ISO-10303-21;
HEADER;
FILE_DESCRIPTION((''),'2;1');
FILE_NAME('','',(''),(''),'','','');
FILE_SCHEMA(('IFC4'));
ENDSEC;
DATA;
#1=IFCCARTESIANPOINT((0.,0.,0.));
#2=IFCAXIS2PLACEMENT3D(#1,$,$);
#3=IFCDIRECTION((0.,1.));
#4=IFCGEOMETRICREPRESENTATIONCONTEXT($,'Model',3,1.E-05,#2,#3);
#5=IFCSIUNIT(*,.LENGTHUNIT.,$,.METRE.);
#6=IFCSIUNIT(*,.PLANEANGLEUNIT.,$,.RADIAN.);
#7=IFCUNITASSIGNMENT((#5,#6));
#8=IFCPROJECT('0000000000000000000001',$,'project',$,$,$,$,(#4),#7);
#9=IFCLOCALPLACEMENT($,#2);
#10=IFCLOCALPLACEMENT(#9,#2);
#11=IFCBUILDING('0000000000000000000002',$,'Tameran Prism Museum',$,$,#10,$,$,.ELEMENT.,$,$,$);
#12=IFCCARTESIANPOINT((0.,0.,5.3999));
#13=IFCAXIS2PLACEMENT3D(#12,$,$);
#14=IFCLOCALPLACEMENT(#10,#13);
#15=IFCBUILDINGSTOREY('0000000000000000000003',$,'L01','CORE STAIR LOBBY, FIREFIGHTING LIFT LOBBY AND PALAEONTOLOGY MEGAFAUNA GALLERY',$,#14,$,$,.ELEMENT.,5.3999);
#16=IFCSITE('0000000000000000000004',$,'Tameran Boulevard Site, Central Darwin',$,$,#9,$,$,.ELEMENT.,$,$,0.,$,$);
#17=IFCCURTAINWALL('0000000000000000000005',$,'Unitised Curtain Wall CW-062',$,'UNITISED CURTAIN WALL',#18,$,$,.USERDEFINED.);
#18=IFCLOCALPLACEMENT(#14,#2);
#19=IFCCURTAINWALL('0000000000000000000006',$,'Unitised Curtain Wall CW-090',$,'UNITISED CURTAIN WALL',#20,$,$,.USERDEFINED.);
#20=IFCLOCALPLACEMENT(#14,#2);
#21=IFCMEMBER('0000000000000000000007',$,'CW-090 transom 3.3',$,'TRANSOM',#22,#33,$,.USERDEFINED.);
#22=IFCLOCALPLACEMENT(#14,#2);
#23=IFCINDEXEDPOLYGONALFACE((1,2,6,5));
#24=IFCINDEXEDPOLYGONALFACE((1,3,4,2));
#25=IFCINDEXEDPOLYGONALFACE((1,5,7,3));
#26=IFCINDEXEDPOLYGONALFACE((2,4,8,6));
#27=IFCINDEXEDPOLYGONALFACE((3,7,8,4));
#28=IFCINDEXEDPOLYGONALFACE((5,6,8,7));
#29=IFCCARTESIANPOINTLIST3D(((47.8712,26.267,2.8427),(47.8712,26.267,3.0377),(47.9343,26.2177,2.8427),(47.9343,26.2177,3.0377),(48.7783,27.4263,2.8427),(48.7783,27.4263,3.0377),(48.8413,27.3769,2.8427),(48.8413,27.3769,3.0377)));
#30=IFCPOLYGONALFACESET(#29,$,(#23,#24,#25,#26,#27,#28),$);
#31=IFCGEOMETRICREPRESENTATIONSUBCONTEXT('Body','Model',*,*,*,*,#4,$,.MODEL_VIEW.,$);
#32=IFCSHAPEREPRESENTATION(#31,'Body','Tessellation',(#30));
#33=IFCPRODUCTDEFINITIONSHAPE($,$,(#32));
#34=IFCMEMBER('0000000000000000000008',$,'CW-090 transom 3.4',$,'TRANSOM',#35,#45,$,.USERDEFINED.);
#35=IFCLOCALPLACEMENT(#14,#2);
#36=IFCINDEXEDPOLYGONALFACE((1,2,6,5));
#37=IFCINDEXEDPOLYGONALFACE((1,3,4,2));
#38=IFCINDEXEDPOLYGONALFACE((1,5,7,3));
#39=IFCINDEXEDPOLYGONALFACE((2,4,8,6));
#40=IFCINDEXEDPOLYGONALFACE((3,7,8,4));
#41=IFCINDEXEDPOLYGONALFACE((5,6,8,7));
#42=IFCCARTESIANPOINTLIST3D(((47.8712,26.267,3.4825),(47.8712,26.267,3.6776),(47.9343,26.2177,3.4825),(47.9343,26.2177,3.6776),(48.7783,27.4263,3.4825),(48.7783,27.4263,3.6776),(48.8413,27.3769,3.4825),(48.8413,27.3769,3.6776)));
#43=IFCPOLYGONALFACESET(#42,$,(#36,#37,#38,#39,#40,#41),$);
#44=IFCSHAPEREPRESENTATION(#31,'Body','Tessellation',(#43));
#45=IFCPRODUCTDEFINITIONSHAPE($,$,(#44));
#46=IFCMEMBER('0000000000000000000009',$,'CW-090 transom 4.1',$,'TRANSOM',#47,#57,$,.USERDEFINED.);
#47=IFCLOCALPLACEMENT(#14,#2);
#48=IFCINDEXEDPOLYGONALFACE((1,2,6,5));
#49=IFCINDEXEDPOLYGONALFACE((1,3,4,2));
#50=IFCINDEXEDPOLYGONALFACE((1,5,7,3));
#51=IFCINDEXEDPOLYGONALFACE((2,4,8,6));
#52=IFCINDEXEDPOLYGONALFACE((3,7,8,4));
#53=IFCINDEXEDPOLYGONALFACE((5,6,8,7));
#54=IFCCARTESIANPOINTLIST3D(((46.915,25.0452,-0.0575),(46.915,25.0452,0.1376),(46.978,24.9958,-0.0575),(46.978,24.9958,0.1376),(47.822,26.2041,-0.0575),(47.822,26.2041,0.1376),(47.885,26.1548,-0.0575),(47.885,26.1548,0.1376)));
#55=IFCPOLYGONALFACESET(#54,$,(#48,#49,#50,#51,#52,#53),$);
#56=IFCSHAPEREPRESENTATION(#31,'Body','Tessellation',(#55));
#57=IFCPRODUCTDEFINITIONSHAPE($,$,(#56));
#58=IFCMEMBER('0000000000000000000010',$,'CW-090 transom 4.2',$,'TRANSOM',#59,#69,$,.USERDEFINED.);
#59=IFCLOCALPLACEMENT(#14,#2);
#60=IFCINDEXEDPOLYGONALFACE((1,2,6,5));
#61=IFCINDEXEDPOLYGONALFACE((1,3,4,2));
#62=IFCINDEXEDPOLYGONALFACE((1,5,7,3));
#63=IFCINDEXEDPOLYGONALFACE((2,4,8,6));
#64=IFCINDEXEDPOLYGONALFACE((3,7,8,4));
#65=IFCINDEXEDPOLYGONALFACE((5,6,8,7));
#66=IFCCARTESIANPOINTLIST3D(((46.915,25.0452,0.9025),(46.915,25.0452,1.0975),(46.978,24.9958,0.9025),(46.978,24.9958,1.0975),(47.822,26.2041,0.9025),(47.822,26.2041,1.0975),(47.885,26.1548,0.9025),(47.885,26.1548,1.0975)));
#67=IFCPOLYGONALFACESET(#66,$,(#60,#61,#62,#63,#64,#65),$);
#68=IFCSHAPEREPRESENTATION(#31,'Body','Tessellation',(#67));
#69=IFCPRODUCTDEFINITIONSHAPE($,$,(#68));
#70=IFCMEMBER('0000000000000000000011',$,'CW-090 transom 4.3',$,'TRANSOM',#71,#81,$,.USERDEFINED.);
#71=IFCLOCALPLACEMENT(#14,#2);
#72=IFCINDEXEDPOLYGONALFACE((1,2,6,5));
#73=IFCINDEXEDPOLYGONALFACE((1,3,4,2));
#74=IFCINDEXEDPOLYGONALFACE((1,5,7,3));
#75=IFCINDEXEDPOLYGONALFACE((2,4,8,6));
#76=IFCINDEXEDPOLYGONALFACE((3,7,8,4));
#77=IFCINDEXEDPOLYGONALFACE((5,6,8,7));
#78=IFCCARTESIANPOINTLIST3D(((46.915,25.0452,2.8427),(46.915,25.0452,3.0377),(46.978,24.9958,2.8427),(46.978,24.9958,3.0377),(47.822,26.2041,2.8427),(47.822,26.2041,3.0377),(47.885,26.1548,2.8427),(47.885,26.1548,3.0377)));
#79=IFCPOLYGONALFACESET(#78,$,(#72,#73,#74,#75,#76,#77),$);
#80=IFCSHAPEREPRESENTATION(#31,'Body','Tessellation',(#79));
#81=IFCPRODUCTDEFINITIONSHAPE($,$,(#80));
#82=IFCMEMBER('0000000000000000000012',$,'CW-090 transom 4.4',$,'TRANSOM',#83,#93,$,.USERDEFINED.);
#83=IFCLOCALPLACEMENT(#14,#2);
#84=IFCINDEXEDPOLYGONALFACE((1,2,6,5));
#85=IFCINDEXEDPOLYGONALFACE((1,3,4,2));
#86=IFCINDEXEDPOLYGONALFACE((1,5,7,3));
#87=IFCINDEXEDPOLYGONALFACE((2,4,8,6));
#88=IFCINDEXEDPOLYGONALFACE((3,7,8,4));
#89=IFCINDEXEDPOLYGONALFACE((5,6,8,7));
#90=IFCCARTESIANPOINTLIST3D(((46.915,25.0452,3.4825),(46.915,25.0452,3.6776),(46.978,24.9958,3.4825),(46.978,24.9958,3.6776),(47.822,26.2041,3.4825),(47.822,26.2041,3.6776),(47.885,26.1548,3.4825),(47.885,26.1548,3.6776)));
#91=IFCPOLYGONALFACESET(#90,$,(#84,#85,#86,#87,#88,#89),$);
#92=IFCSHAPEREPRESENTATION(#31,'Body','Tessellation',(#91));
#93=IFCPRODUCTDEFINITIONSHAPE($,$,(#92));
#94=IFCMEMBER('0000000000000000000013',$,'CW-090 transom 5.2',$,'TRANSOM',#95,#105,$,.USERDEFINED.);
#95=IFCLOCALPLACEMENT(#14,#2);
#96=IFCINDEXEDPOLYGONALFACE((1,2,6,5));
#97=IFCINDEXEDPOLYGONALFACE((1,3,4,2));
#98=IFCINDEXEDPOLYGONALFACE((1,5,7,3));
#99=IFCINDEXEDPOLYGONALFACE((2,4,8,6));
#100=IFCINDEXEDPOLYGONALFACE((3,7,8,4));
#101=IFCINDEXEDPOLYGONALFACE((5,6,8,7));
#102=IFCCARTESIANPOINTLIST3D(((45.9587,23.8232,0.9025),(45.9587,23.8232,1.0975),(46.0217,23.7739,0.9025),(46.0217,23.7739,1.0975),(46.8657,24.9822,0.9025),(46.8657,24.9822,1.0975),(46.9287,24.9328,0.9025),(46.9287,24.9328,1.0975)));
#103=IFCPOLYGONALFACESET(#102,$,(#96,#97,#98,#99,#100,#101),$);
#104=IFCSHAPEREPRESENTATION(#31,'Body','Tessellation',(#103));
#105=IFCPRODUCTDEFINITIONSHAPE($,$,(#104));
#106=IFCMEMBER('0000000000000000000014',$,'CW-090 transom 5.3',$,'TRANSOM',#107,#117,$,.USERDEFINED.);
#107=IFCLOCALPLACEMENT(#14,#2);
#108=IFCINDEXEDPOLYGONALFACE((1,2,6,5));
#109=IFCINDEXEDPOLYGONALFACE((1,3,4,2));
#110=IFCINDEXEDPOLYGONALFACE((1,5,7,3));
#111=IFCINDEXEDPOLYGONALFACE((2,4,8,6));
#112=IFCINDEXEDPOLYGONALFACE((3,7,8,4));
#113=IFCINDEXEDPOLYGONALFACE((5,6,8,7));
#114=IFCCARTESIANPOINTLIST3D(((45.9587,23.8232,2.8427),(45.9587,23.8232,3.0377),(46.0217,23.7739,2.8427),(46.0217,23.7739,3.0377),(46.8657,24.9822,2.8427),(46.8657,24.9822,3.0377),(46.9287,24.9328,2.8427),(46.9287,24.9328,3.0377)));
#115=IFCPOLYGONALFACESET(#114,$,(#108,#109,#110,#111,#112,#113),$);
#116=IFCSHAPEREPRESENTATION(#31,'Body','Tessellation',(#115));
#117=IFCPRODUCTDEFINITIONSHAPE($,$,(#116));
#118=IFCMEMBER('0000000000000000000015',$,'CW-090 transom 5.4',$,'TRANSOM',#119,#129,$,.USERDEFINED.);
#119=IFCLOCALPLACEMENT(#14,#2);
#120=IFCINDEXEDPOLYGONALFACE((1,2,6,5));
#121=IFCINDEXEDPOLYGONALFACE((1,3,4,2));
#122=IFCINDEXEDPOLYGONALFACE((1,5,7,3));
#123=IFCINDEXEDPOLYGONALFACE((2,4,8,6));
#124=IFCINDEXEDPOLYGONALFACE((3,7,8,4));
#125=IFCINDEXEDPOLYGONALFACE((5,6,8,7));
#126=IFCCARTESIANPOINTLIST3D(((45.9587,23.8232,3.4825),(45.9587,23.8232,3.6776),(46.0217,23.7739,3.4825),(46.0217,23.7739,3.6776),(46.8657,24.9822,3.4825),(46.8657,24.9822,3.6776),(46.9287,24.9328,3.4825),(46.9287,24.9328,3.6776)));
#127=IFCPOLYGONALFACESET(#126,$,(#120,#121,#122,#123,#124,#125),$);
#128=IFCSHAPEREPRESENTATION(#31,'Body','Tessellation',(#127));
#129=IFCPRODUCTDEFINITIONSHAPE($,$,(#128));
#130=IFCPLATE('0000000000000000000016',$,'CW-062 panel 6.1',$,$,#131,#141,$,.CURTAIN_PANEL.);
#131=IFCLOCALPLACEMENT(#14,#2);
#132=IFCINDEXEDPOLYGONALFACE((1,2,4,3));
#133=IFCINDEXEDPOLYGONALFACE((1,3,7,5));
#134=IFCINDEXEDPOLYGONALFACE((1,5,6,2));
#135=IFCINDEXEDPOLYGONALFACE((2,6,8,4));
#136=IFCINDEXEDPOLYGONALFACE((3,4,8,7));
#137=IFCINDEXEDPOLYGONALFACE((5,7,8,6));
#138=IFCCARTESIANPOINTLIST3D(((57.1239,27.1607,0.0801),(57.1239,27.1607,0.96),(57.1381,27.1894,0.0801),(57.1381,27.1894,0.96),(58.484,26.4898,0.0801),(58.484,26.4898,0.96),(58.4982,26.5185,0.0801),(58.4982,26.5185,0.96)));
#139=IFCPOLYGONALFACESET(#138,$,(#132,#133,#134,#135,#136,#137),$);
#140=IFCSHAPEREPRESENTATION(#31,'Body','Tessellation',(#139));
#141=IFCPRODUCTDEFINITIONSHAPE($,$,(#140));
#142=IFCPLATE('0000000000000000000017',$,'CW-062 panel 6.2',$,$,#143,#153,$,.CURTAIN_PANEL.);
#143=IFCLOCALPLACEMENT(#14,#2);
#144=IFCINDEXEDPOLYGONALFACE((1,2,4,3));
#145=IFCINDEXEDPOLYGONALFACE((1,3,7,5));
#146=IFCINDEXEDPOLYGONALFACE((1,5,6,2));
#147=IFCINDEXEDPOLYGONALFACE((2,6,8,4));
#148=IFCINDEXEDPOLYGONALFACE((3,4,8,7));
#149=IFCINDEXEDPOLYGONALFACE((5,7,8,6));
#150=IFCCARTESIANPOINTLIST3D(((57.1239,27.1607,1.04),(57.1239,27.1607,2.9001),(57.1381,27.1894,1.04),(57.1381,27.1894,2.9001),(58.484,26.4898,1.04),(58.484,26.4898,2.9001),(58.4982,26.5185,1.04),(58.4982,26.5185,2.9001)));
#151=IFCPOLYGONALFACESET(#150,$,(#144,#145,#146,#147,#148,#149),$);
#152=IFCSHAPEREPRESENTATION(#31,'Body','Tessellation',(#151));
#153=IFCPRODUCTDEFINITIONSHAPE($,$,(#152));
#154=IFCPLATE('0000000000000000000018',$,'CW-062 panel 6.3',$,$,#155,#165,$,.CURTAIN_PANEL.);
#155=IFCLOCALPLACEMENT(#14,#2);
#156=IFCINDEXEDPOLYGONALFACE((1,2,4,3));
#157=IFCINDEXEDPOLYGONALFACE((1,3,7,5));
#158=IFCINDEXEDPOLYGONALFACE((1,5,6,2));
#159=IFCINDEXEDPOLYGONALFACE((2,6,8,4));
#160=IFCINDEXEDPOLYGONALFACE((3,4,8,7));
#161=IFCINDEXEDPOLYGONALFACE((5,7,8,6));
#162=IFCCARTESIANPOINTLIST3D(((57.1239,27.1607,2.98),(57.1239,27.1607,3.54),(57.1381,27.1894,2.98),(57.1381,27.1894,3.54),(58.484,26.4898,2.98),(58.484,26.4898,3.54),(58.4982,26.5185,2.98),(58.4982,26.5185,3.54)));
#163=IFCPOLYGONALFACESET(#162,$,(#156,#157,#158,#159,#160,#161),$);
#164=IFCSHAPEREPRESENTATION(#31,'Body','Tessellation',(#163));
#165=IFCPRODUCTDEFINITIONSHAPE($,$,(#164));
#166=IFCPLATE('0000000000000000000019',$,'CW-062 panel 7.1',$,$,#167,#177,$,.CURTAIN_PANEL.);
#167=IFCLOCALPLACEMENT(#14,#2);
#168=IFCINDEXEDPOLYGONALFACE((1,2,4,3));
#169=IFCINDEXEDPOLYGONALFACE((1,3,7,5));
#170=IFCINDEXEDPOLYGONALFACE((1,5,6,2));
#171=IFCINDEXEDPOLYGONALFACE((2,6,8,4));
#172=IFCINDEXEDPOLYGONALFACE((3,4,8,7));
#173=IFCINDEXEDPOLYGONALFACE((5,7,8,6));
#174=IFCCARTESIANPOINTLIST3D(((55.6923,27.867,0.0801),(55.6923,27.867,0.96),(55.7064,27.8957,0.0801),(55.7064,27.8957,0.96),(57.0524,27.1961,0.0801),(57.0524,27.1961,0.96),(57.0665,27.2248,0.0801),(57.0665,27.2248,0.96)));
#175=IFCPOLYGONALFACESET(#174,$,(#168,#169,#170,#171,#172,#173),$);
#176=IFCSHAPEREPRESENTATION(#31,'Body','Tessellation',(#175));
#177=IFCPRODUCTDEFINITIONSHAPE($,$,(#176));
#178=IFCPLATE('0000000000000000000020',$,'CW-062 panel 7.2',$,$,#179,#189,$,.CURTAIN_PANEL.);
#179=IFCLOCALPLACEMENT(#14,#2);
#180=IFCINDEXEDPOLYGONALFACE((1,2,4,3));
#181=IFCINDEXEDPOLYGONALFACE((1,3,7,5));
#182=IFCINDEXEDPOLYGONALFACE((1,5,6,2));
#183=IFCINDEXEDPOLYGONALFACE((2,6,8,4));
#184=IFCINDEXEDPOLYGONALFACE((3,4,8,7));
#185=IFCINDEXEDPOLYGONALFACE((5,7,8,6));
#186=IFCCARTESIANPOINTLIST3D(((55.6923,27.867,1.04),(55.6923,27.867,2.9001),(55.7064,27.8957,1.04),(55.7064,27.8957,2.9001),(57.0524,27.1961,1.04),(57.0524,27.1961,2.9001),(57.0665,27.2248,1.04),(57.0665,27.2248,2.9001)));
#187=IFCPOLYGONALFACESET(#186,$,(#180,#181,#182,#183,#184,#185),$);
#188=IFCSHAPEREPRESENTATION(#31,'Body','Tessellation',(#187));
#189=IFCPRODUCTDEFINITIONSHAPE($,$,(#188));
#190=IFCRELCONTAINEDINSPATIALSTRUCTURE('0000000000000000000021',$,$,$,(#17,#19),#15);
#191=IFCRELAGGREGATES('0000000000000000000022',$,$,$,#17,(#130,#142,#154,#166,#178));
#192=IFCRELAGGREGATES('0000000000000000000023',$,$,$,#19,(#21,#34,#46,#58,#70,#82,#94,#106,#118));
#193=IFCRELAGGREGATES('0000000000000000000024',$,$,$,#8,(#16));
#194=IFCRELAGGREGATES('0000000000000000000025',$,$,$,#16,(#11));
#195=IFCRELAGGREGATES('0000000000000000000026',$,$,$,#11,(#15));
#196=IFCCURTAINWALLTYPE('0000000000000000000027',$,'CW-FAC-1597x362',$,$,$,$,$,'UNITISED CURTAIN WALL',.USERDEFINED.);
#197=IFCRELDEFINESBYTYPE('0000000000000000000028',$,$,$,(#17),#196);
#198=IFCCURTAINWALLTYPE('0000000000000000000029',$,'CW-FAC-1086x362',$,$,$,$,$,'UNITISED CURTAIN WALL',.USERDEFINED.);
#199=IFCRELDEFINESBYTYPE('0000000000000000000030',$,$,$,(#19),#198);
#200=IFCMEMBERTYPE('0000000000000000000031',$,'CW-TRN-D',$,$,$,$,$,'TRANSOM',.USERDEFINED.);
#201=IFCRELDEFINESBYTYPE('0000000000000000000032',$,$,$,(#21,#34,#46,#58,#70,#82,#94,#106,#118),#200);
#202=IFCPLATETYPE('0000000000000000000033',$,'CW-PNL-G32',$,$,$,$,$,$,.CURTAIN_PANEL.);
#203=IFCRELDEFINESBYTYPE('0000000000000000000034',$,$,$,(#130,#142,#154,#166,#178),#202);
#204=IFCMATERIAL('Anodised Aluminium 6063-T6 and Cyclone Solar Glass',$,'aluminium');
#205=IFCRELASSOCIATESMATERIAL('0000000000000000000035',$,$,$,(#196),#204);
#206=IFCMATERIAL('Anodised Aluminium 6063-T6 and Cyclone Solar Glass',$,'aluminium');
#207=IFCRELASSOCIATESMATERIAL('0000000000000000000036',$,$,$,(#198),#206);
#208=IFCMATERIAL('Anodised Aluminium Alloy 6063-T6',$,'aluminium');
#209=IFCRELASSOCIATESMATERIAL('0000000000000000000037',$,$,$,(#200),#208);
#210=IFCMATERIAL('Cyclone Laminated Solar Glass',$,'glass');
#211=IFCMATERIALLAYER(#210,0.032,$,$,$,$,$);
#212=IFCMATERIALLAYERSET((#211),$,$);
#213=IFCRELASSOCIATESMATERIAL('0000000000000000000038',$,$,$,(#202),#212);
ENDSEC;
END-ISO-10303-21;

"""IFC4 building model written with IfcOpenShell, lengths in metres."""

from ifc_helpers import new_model, si_unit, direction, frame, origin, origin_2d, place, context, subcontext, project, spatial, rectangle, extrude, material, layer, layer_set, material_profile, profile_set, type_object, element, aggregate, save


model = new_model("IFC4")

# Units and contexts
model_context = context("Model", 3, precision=1e-05, world=origin(), true_north=direction((0.0, 1.0)))
body_context = subcontext(model_context, "Body", "Model", "MODEL_VIEW")
ifc_project = project(units=[si_unit("LENGTHUNIT", "METRE"), si_unit("PLANEANGLEUNIT", "RADIAN")], contexts=[model_context])

# Site, building, storey
site_placement = place(None, origin())
site = spatial("IfcSite", under=ifc_project, at=site_placement, Name="Tameran Boulevard Site, Central Darwin", CompositionType="ELEMENT", RefElevation=0.0)
building_placement = place(site_placement, origin())
building = spatial("IfcBuilding", under=site, at=building_placement, Name="Tameran Prism Museum", CompositionType="ELEMENT")
storey_placement = place(building_placement, frame((0.0, 0.0, 5.3999)))
storey = spatial("IfcBuildingStorey", under=building, at=storey_placement, Name="L01", Description="CORE STAIR LOBBY, FIREFIGHTING LIFT LOBBY AND PALAEONTOLOGY MEGAFAUNA GALLERY", CompositionType="ELEMENT", Elevation=5.3999)

# Curtain wall
ifc_material_1 = material(Name="Anodised Aluminium 6063-T6 and Cyclone Solar Glass", Category="aluminium")
curtain_wall_type_1 = type_object("IfcCurtainWallType", Name="CW-FAC-1597x362", ElementType="UNITISED CURTAIN WALL", PredefinedType="USERDEFINED", material=ifc_material_1)
curtain_wall_1_placement = place(storey_placement, origin())
curtain_wall_1 = element("IfcCurtainWall", 1, at=curtain_wall_1_placement, inside=storey, type_object=curtain_wall_type_1, Name="Unitised Curtain Wall CW-062", ObjectType="UNITISED CURTAIN WALL", PredefinedType="USERDEFINED")

# Curtain wall
ifc_material_2 = material(Name="Anodised Aluminium 6063-T6 and Cyclone Solar Glass", Category="aluminium")
curtain_wall_type_2 = type_object("IfcCurtainWallType", Name="CW-FAC-1086x362", ElementType="UNITISED CURTAIN WALL", PredefinedType="USERDEFINED", material=ifc_material_2)
curtain_wall_2_placement = place(storey_placement, origin())
curtain_wall_2 = element("IfcCurtainWall", 2, at=curtain_wall_2_placement, inside=storey, type_object=curtain_wall_type_2, Name="Unitised Curtain Wall CW-090", ObjectType="UNITISED CURTAIN WALL", PredefinedType="USERDEFINED")

# Members
ifc_material_3 = material(Name="Anodised Aluminium Alloy 6063-T6", Category="aluminium")
ifc_material_profile_1 = material_profile(ifc_material_3, rectangle(XDim=0.0801, YDim=0.1951, at=origin_2d()))
ifc_profile_set_1 = profile_set([ifc_material_profile_1])
member_type_1 = type_object("IfcMemberType", Name="CW-TRN-D", ElementType="TRANSOM", PredefinedType="USERDEFINED", material=ifc_profile_set_1)
member_1_placement = place(storey_placement, frame((48.8098, 27.4016, 2.9402), z_axis=(-0.616223, -0.787572, 0.0), x_axis=(0.787572, -0.616223, 0.0)))
member_1 = element("IfcMember", 3, at=member_1_placement, type_object=member_type_1, Name="CW-090 transom 3.3", ObjectType="TRANSOM", PredefinedType="USERDEFINED", context=body_context, shape_type="SweptSolid", body=[
    extrude(rectangle(XDim=0.0801, YDim=0.1951, at=origin_2d()), origin(), (0.0, 0.0, 1.0), 1.4719),
])
member_2_placement = place(storey_placement, frame((48.8098, 27.4016, 3.5801), z_axis=(-0.616223, -0.787572, 0.0), x_axis=(0.787572, -0.616223, 0.0)))
member_2 = element("IfcMember", 4, at=member_2_placement, type_object=member_type_1, Name="CW-090 transom 3.4", ObjectType="TRANSOM", PredefinedType="USERDEFINED", context=body_context, shape_type="SweptSolid", body=[
    extrude(rectangle(XDim=0.0801, YDim=0.1951, at=origin_2d()), origin(), (0.0, 0.0, 1.0), 1.4719),
])
member_3_placement = place(storey_placement, frame((47.8535, 26.1794, 0.04), z_axis=(-0.616304, -0.787509, 0.0), x_axis=(0.787509, -0.616304, 0.0)))
member_3 = element("IfcMember", 5, at=member_3_placement, type_object=member_type_1, Name="CW-090 transom 4.1", ObjectType="TRANSOM", PredefinedType="USERDEFINED", context=body_context, shape_type="SweptSolid", body=[
    extrude(rectangle(XDim=0.0801, YDim=0.1951, at=origin_2d()), origin(), (0.0, 0.0, 1.0), 1.4717),
])
member_4_placement = place(storey_placement, frame((47.8535, 26.1794, 1.0), z_axis=(-0.616304, -0.787509, 0.0), x_axis=(0.787509, -0.616304, 0.0)))
member_4 = element("IfcMember", 6, at=member_4_placement, type_object=member_type_1, Name="CW-090 transom 4.2", ObjectType="TRANSOM", PredefinedType="USERDEFINED", context=body_context, shape_type="SweptSolid", body=[
    extrude(rectangle(XDim=0.0801, YDim=0.1951, at=origin_2d()), origin(), (0.0, 0.0, 1.0), 1.4717),
])
member_5_placement = place(storey_placement, frame((47.8535, 26.1794, 2.9402), z_axis=(-0.616304, -0.787509, 0.0), x_axis=(0.787509, -0.616304, 0.0)))
member_5 = element("IfcMember", 7, at=member_5_placement, type_object=member_type_1, Name="CW-090 transom 4.3", ObjectType="TRANSOM", PredefinedType="USERDEFINED", context=body_context, shape_type="SweptSolid", body=[
    extrude(rectangle(XDim=0.0801, YDim=0.1951, at=origin_2d()), origin(), (0.0, 0.0, 1.0), 1.4717),
])
member_6_placement = place(storey_placement, frame((47.8535, 26.1794, 3.5801), z_axis=(-0.616304, -0.787509, 0.0), x_axis=(0.787509, -0.616304, 0.0)))
member_6 = element("IfcMember", 8, at=member_6_placement, type_object=member_type_1, Name="CW-090 transom 4.4", ObjectType="TRANSOM", PredefinedType="USERDEFINED", context=body_context, shape_type="SweptSolid", body=[
    extrude(rectangle(XDim=0.0801, YDim=0.1951, at=origin_2d()), origin(), (0.0, 0.0, 1.0), 1.4717),
])
member_7_placement = place(storey_placement, frame((46.8972, 24.9575, 1.0), z_axis=(-0.616304, -0.787509, 0.0), x_axis=(0.787509, -0.616304, 0.0)))
member_7 = element("IfcMember", 9, at=member_7_placement, type_object=member_type_1, Name="CW-090 transom 5.2", ObjectType="TRANSOM", PredefinedType="USERDEFINED", context=body_context, shape_type="SweptSolid", body=[
    extrude(rectangle(XDim=0.0801, YDim=0.1951, at=origin_2d()), origin(), (0.0, 0.0, 1.0), 1.4717),
])
member_8_placement = place(storey_placement, frame((46.8972, 24.9575, 2.9402), z_axis=(-0.616304, -0.787509, 0.0), x_axis=(0.787509, -0.616304, 0.0)))
member_8 = element("IfcMember", 10, at=member_8_placement, type_object=member_type_1, Name="CW-090 transom 5.3", ObjectType="TRANSOM", PredefinedType="USERDEFINED", context=body_context, shape_type="SweptSolid", body=[
    extrude(rectangle(XDim=0.0801, YDim=0.1951, at=origin_2d()), origin(), (0.0, 0.0, 1.0), 1.4717),
])
member_9_placement = place(storey_placement, frame((46.8972, 24.9575, 3.5801), z_axis=(-0.616304, -0.787509, 0.0), x_axis=(0.787509, -0.616304, 0.0)))
member_9 = element("IfcMember", 11, at=member_9_placement, type_object=member_type_1, Name="CW-090 transom 5.4", ObjectType="TRANSOM", PredefinedType="USERDEFINED", context=body_context, shape_type="SweptSolid", body=[
    extrude(rectangle(XDim=0.0801, YDim=0.1951, at=origin_2d()), origin(), (0.0, 0.0, 1.0), 1.4717),
])

# Plates
ifc_material_4 = material(Name="Cyclone Laminated Solar Glass", Category="glass")
ifc_layer_1 = layer(ifc_material_4, 0.032)
ifc_layer_set_1 = layer_set([ifc_layer_1])
plate_type_1 = type_object("IfcPlateType", Name="CW-PNL-G32", PredefinedType="CURTAIN_PANEL", material=ifc_layer_set_1)
plate_1_placement = place(storey_placement, frame((57.811, 26.8396, 0.0801), z_axis=(0.0, 0.0, 1.0), x_axis=(-0.896819, 0.442397, 0.0)))
plate_1 = element("IfcPlate", 12, at=plate_1_placement, type_object=plate_type_1, Name="CW-062 panel 6.1", PredefinedType="CURTAIN_PANEL", context=body_context, shape_type="SweptSolid", body=[
    extrude(rectangle(XDim=1.5166, YDim=0.032, at=origin_2d()), origin(), (0.0, 0.0, 1.0), 0.8799),
])
plate_2_placement = place(storey_placement, frame((57.811, 26.8396, 1.04), z_axis=(0.0, 0.0, 1.0), x_axis=(-0.896819, 0.442397, 0.0)))
plate_2 = element("IfcPlate", 13, at=plate_2_placement, type_object=plate_type_1, Name="CW-062 panel 6.2", PredefinedType="CURTAIN_PANEL", context=body_context, shape_type="SweptSolid", body=[
    extrude(rectangle(XDim=1.5166, YDim=0.032, at=origin_2d()), origin(), (0.0, 0.0, 1.0), 1.8601),
])
plate_3_placement = place(storey_placement, frame((57.811, 26.8396, 2.98), z_axis=(0.0, 0.0, 1.0), x_axis=(-0.896819, 0.442397, 0.0)))
plate_3 = element("IfcPlate", 14, at=plate_3_placement, type_object=plate_type_1, Name="CW-062 panel 6.3", PredefinedType="CURTAIN_PANEL", context=body_context, shape_type="SweptSolid", body=[
    extrude(rectangle(XDim=1.5166, YDim=0.032, at=origin_2d()), origin(), (0.0, 0.0, 1.0), 0.5601),
])
plate_4_placement = place(storey_placement, frame((56.3794, 27.5459, 0.0801), z_axis=(0.0, 0.0, 1.0), x_axis=(-0.896819, 0.442397, 0.0)))
plate_4 = element("IfcPlate", 15, at=plate_4_placement, type_object=plate_type_1, Name="CW-062 panel 7.1", PredefinedType="CURTAIN_PANEL", context=body_context, shape_type="SweptSolid", body=[
    extrude(rectangle(XDim=1.5166, YDim=0.032, at=origin_2d()), origin(), (0.0, 0.0, 1.0), 0.8799),
])
plate_5_placement = place(storey_placement, frame((56.3794, 27.5459, 1.04), z_axis=(0.0, 0.0, 1.0), x_axis=(-0.896819, 0.442397, 0.0)))
plate_5 = element("IfcPlate", 16, at=plate_5_placement, type_object=plate_type_1, Name="CW-062 panel 7.2", PredefinedType="CURTAIN_PANEL", context=body_context, shape_type="SweptSolid", body=[
    extrude(rectangle(XDim=1.5166, YDim=0.032, at=origin_2d()), origin(), (0.0, 0.0, 1.0), 1.8601),
])
aggregate(curtain_wall_1, [plate_1, plate_2, plate_3, plate_4, plate_5])
aggregate(curtain_wall_2, [member_1, member_2, member_3, member_4, member_5, member_6, member_7, member_8, member_9])

save(model, "model.ifc")
